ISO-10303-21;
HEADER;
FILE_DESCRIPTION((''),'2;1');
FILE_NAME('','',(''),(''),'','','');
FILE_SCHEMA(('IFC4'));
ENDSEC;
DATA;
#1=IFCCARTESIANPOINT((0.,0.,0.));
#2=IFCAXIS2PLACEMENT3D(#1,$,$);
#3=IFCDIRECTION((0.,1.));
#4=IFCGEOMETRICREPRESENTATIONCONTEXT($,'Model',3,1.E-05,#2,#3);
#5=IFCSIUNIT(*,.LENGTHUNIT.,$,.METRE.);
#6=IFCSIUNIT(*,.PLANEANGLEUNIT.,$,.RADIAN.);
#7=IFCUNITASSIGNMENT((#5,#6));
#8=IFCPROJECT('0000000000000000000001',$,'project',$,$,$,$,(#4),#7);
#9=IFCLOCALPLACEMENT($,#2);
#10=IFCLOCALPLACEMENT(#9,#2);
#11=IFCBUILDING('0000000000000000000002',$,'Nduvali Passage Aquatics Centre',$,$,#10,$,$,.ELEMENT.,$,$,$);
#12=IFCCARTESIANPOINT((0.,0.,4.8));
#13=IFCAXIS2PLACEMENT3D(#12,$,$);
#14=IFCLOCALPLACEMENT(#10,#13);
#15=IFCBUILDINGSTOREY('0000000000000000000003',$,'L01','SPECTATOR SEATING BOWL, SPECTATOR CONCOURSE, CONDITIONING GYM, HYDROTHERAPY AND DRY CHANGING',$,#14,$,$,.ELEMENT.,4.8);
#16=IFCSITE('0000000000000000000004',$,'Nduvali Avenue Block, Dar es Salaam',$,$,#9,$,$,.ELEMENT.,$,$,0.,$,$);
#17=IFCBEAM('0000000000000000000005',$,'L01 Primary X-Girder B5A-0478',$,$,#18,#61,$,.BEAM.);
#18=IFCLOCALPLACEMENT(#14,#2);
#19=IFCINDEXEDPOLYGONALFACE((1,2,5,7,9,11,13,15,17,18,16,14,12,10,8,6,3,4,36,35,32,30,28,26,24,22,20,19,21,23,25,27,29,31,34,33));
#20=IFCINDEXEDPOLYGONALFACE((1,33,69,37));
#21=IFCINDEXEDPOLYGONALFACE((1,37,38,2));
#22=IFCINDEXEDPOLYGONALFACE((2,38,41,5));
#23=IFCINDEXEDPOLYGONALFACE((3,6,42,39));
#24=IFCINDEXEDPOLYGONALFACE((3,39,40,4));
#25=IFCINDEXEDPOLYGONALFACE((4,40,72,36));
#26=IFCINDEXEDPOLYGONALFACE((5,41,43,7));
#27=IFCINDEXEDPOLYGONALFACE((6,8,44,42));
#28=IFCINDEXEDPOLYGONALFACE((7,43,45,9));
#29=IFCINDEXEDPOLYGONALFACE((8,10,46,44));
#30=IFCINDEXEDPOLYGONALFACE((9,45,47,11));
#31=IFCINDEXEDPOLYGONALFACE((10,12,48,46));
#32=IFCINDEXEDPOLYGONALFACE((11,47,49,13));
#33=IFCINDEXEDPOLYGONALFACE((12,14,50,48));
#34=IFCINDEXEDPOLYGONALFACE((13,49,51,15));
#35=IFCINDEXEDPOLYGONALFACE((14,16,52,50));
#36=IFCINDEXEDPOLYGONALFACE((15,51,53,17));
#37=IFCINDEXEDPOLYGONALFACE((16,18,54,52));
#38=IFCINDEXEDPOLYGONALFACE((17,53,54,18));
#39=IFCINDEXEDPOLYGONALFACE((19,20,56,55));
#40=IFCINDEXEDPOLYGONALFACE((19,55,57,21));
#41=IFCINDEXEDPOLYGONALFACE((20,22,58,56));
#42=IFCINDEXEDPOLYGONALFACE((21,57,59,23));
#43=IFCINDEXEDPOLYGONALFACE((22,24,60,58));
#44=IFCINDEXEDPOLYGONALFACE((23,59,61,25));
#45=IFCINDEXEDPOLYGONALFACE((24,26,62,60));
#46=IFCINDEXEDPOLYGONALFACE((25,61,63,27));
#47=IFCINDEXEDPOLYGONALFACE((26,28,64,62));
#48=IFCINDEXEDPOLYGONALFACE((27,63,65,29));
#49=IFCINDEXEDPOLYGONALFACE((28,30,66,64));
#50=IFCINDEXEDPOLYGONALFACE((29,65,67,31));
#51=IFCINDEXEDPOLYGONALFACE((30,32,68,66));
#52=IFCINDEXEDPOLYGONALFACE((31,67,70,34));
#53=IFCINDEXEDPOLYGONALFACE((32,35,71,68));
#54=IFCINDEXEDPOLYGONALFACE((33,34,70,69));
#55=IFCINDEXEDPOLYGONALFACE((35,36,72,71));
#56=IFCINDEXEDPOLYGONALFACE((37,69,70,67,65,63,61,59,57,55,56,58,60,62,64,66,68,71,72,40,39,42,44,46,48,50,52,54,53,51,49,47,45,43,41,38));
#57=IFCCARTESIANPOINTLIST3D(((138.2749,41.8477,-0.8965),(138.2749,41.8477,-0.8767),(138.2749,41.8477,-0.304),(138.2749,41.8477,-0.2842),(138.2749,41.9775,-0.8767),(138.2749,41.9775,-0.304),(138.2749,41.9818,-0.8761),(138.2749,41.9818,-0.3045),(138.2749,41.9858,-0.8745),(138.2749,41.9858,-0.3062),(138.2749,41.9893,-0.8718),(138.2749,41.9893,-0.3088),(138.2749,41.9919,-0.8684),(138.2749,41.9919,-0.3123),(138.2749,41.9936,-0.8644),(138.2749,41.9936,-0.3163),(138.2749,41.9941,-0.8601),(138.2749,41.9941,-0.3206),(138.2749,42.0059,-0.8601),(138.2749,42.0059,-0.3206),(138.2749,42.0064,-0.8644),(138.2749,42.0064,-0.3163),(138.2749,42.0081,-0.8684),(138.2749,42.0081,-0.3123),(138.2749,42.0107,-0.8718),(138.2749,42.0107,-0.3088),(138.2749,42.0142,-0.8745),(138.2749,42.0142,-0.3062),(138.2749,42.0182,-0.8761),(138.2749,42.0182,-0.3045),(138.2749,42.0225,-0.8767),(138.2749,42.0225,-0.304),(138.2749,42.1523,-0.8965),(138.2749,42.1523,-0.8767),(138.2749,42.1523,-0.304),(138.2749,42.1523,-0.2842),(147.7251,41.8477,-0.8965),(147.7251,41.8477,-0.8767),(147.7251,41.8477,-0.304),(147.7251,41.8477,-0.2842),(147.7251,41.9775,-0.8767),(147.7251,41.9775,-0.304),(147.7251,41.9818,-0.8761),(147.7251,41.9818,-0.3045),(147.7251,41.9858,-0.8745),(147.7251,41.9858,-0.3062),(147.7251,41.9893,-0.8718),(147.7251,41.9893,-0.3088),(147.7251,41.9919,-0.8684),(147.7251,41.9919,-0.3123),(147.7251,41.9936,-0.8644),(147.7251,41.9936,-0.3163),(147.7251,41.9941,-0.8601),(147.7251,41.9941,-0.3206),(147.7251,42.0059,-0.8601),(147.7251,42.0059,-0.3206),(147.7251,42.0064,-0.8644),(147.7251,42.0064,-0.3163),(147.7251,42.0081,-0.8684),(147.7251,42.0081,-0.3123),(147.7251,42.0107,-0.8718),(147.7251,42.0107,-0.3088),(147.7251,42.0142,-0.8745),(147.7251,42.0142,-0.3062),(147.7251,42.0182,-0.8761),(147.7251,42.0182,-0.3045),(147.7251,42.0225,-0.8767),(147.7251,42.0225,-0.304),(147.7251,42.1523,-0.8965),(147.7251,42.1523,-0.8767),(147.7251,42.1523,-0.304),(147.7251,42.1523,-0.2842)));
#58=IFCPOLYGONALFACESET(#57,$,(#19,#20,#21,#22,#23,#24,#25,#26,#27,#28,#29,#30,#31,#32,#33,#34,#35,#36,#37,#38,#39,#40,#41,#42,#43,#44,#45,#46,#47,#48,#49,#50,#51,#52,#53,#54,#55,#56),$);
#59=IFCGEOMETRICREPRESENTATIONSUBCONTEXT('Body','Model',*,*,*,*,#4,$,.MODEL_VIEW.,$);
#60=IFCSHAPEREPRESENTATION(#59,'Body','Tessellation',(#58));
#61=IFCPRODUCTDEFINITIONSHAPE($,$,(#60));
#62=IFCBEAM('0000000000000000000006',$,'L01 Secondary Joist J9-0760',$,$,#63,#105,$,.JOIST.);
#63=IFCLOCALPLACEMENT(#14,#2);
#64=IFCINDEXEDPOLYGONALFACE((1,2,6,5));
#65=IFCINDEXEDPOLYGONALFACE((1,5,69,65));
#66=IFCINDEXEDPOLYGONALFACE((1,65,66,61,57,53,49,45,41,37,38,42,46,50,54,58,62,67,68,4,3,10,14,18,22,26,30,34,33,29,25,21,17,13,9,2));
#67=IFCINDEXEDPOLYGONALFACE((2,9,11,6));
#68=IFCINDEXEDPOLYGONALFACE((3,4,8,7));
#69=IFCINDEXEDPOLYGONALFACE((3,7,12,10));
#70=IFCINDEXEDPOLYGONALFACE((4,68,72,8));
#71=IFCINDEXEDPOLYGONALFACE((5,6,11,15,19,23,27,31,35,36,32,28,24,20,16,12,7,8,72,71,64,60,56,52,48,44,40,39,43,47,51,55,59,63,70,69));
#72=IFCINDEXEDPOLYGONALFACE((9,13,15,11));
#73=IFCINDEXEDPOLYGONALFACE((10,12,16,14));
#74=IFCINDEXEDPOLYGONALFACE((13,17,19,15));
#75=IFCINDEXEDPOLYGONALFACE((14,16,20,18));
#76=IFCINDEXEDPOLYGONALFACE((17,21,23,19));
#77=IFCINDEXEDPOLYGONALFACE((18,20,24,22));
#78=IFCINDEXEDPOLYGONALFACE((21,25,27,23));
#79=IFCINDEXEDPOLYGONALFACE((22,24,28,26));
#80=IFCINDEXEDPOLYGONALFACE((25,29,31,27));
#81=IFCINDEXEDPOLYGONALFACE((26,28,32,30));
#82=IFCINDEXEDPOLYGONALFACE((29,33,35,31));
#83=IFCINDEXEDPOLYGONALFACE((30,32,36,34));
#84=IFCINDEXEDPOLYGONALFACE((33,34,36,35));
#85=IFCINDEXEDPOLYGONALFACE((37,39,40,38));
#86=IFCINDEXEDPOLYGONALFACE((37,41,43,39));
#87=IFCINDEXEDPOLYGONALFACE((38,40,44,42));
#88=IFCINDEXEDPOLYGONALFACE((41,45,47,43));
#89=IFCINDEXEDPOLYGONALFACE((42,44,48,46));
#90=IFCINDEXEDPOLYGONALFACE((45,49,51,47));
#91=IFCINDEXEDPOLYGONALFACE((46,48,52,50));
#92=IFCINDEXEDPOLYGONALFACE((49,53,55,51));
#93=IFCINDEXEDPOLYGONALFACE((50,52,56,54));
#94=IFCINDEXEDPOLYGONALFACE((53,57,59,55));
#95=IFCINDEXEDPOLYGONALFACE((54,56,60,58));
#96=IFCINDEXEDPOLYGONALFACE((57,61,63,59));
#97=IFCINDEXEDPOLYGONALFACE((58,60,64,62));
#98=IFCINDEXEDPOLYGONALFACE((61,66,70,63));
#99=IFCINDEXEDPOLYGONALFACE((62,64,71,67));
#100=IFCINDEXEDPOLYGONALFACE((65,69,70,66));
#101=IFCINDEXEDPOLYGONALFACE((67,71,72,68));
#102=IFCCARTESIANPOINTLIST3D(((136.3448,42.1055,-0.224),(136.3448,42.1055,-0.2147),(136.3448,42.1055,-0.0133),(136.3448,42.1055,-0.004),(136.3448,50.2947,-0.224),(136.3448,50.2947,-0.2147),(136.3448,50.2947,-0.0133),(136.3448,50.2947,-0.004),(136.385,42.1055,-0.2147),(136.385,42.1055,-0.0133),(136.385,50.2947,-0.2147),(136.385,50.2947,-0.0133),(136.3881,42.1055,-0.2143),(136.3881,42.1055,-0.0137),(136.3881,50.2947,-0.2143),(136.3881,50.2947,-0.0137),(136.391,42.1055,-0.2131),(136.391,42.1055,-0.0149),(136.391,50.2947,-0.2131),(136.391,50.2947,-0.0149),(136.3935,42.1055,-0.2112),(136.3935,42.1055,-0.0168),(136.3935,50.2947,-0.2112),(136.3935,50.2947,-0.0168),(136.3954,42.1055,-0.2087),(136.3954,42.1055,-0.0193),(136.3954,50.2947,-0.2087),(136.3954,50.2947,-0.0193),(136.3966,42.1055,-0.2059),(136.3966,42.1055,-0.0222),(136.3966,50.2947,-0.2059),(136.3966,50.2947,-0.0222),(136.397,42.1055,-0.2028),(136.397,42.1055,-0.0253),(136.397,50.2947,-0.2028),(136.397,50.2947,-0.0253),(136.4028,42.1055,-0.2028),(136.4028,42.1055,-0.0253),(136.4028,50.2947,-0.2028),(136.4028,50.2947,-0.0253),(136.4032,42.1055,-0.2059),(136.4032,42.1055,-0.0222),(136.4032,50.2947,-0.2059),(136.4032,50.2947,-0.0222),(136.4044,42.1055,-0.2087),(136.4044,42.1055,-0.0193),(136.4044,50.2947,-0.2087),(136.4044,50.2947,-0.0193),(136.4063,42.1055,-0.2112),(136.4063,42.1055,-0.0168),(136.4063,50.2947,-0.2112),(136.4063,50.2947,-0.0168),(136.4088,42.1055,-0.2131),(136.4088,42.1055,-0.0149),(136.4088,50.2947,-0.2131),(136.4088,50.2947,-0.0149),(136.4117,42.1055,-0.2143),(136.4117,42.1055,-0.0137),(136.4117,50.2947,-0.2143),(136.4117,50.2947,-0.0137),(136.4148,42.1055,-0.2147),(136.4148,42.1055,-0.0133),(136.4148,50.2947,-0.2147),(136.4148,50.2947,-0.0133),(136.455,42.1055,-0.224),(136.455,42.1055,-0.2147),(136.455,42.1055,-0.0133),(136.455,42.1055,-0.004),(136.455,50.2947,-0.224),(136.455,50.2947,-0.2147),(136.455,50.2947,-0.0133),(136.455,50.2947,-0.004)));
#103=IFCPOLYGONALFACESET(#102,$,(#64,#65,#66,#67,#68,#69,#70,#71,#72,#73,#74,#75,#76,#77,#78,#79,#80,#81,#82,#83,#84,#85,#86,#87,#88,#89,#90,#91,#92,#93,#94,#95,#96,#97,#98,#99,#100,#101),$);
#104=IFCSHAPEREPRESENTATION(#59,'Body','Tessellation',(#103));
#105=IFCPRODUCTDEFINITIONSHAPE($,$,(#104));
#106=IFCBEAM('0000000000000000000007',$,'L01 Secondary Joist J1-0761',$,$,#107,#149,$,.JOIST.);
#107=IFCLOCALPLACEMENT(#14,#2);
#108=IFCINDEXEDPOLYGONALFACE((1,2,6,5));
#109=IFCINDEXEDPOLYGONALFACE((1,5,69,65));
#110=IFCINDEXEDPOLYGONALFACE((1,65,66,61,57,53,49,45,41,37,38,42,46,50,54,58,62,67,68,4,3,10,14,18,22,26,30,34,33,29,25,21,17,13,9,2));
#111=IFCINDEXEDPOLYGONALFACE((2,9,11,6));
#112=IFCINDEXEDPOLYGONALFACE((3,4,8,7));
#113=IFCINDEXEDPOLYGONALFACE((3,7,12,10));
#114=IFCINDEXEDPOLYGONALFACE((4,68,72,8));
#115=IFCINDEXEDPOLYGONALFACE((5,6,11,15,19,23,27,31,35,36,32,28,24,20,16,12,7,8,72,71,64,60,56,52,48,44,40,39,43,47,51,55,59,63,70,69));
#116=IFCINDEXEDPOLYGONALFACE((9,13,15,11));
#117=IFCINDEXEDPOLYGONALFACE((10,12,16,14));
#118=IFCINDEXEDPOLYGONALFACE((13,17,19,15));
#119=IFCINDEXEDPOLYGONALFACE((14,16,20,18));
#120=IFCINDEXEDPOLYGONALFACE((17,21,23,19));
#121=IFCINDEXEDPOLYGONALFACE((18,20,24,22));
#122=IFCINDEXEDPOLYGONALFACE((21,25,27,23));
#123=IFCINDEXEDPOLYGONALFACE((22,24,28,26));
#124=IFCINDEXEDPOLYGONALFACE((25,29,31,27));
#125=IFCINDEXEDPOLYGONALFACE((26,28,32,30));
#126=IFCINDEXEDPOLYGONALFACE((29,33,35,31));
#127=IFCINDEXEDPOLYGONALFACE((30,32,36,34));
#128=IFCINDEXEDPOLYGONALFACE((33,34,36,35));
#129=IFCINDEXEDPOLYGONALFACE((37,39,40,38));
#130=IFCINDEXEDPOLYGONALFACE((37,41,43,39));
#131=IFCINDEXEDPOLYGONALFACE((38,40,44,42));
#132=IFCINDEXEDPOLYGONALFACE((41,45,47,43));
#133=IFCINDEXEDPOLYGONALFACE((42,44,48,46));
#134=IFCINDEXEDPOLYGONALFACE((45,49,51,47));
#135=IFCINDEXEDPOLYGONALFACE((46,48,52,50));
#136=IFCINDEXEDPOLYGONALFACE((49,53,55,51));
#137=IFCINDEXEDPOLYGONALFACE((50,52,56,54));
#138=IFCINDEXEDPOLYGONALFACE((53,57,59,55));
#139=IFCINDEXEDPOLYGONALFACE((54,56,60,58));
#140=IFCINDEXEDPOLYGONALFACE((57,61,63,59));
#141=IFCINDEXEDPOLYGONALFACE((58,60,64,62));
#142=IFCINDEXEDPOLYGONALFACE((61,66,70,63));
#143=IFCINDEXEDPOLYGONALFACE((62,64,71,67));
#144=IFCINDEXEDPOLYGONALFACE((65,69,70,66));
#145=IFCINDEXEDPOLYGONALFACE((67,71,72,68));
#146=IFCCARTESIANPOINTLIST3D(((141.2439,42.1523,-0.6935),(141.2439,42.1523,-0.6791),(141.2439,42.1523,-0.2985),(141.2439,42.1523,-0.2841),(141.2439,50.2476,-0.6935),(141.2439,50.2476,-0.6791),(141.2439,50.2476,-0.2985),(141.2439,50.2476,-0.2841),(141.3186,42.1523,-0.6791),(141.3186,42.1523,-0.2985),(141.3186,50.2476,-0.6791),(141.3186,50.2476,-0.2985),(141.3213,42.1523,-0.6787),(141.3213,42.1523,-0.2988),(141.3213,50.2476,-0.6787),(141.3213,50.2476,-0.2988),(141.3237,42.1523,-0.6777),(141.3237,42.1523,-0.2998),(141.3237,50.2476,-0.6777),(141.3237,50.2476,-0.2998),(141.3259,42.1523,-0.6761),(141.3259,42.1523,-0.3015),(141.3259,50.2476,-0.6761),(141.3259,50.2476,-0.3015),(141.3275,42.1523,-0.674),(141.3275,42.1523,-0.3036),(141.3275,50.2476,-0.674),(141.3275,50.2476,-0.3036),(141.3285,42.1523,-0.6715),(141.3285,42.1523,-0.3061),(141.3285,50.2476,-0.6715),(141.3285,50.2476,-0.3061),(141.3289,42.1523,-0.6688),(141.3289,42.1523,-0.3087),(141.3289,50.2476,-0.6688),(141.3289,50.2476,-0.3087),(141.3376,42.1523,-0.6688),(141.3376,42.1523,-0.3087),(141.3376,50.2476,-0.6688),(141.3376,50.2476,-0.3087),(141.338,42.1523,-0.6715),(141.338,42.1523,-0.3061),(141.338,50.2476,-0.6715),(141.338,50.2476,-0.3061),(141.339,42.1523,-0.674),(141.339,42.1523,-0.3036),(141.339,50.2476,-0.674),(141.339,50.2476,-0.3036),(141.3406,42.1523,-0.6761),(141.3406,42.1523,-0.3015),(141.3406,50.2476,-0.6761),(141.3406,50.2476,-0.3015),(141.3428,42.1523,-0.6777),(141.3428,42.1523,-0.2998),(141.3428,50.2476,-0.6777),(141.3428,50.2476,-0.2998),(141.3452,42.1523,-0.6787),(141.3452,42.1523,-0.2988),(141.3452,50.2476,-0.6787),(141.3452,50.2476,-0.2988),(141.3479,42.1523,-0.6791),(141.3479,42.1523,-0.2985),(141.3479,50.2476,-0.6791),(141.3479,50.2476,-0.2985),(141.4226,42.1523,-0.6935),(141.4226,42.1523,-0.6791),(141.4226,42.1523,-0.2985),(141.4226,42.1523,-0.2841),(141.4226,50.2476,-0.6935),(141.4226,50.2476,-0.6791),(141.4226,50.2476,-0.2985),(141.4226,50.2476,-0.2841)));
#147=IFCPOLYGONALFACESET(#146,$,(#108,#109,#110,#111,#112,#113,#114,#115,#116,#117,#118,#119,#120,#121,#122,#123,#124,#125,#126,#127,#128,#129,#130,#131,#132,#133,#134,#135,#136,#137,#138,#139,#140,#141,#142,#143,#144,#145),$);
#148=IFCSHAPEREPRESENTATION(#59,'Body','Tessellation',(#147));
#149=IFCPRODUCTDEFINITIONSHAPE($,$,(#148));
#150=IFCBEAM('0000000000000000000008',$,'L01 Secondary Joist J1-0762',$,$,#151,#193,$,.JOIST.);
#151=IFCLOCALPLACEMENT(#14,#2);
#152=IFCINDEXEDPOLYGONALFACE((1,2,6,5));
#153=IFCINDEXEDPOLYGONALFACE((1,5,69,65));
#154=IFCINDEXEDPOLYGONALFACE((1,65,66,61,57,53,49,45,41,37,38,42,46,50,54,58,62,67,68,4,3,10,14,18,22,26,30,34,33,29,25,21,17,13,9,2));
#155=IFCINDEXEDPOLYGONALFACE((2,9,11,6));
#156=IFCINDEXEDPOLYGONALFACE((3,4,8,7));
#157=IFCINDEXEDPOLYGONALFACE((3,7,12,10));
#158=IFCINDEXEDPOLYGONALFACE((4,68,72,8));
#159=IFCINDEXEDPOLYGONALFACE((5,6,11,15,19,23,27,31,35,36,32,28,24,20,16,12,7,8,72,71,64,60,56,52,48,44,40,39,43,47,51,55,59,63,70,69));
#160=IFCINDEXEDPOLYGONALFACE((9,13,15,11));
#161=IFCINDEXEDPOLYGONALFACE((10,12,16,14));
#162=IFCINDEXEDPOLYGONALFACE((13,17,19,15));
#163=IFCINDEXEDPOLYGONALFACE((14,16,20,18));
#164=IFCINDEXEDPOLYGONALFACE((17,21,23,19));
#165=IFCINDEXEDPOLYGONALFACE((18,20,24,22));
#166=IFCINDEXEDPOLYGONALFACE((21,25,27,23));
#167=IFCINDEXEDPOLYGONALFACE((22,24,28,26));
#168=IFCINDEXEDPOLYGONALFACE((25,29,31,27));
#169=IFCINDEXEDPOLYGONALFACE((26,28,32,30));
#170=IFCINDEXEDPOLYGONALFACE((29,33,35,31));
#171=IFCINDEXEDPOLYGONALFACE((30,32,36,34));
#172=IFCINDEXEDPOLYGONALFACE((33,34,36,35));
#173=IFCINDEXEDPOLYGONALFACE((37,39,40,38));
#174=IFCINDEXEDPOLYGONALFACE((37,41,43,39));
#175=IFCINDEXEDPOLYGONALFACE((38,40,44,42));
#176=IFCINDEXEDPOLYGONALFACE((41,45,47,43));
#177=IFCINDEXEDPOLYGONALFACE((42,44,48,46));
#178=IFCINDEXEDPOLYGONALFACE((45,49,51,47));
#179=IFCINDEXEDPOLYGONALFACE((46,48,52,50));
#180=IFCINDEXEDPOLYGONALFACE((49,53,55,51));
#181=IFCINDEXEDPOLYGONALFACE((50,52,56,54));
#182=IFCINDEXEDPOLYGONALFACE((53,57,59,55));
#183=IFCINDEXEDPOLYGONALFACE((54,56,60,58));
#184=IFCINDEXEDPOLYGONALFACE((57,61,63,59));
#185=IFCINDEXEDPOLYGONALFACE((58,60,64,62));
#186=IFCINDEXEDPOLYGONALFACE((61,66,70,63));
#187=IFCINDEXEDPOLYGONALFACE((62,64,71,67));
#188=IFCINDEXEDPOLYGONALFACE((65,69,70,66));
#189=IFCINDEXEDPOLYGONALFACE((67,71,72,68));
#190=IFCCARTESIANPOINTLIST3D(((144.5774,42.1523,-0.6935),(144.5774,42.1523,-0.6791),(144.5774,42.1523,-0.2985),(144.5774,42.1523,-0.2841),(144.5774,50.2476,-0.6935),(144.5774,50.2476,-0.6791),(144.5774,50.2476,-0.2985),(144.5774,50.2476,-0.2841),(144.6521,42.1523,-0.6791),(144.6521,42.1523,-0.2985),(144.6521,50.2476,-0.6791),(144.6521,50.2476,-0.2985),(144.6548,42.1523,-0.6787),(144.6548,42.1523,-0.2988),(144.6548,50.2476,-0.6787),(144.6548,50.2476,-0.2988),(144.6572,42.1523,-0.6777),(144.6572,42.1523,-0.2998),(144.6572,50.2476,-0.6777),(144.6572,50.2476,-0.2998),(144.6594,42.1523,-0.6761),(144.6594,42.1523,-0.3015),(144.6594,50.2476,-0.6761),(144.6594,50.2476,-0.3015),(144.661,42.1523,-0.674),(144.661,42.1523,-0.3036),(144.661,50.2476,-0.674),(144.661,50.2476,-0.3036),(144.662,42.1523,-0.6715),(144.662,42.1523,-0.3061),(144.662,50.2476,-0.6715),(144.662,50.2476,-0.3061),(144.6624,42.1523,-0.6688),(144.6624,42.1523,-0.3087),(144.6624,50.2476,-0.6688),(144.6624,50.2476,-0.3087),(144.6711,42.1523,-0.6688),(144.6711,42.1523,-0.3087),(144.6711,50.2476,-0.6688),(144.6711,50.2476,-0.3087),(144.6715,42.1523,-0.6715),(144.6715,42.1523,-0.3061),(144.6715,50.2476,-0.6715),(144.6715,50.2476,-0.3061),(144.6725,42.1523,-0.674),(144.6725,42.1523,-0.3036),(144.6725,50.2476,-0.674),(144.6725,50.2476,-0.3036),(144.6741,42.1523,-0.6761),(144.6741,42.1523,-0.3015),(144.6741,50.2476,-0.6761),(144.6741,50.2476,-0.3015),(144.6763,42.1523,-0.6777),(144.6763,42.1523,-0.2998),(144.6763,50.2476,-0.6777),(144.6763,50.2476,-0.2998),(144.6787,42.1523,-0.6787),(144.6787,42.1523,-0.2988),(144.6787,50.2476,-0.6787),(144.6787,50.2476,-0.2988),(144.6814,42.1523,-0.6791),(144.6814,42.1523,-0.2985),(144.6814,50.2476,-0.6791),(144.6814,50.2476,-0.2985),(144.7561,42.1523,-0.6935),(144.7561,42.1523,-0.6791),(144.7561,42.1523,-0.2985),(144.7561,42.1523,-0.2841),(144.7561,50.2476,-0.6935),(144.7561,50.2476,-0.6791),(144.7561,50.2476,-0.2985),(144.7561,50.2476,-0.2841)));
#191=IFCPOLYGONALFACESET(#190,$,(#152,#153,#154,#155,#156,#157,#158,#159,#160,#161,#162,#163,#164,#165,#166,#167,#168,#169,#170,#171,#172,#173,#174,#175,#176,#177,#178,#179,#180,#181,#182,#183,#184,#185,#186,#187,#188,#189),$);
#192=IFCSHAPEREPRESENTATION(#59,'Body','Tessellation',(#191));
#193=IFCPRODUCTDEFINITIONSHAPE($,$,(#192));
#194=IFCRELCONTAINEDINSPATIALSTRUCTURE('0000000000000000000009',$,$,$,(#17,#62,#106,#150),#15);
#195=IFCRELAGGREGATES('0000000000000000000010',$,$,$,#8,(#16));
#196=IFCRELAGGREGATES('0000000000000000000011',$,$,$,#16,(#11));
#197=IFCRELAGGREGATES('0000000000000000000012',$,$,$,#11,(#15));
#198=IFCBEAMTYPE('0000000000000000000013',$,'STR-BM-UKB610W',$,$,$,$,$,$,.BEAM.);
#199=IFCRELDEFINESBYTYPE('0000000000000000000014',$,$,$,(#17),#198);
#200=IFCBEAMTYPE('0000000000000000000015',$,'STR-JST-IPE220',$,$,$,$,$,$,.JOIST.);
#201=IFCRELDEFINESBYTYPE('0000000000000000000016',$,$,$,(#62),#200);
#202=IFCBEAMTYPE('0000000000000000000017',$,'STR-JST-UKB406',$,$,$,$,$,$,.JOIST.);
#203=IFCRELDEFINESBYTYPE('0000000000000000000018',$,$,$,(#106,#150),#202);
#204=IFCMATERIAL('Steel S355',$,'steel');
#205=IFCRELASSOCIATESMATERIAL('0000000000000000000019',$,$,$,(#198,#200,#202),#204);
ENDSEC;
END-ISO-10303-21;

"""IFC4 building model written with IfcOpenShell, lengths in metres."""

from ifc_helpers import new_model, si_unit, direction, frame, origin, origin_2d, place, context, subcontext, project, spatial, i_section, extrude, material, material_profile, profile_set, type_object, element, save


model = new_model("IFC4")

# Units and contexts
model_context = context("Model", 3, precision=1e-05, world=origin(), true_north=direction((0.0, 1.0)))
body_context = subcontext(model_context, "Body", "Model", "MODEL_VIEW")
ifc_project = project(units=[si_unit("LENGTHUNIT", "METRE"), si_unit("PLANEANGLEUNIT", "RADIAN")], contexts=[model_context])

# Site, building, storey
site_placement = place(None, origin())
site = spatial("IfcSite", under=ifc_project, at=site_placement, Name="Nduvali Avenue Block, Dar es Salaam", CompositionType="ELEMENT", RefElevation=0.0)
building_placement = place(site_placement, origin())
building = spatial("IfcBuilding", under=site, at=building_placement, Name="Nduvali Passage Aquatics Centre", CompositionType="ELEMENT")
storey_placement = place(building_placement, frame((0.0, 0.0, 4.8)))
storey = spatial("IfcBuildingStorey", under=building, at=storey_placement, Name="L01", Description="SPECTATOR SEATING BOWL, SPECTATOR CONCOURSE, CONDITIONING GYM, HYDROTHERAPY AND DRY CHANGING", CompositionType="ELEMENT", Elevation=4.8)

# Shared definitions
ifc_material_1 = material(Name="Steel S355", Category="steel")

# Beams
ifc_material_profile_1 = material_profile(ifc_material_1, i_section(OverallWidth=0.3047, OverallDepth=0.6123, WebThickness=0.0117, FlangeThickness=0.0198, FilletRadius=0.0166, at=origin_2d()), Name="UKB 610x305x149")
ifc_profile_set_1 = profile_set([ifc_material_profile_1], Name="Steel S355")
beam_type_1 = type_object("IfcBeamType", Name="STR-BM-UKB610W", PredefinedType="BEAM", material=ifc_profile_set_1)
beam_1_placement = place(storey_placement, frame((138.2749, 42.0, -0.5903), z_axis=(1.0, 0.0, 0.0), x_axis=(0.0, 1.0, 0.0)))
element("IfcBeam", 1, at=beam_1_placement, inside=storey, type_object=beam_type_1, Name="L01 Primary X-Girder B5A-0478", PredefinedType="BEAM", context=body_context, shape_type="SweptSolid", body=[
    extrude(i_section(OverallWidth=0.3047, OverallDepth=0.6123, WebThickness=0.0117, FlangeThickness=0.0198, FilletRadius=0.0166, at=origin_2d()), origin(), (0.0, 0.0, 1.0), 9.4502),
])
ifc_material_profile_2 = material_profile(ifc_material_1, i_section(OverallWidth=0.1101, OverallDepth=0.22, WebThickness=0.0059, FlangeThickness=0.0093, FilletRadius=0.012, at=origin_2d()), Name="IPE 220")
ifc_profile_set_2 = profile_set([ifc_material_profile_2], Name="Steel S355")
beam_type_2 = type_object("IfcBeamType", Name="STR-JST-IPE220", PredefinedType="JOIST", material=ifc_profile_set_2)
beam_2_placement = place(storey_placement, frame((136.3999, 42.1055, -0.114), z_axis=(0.0, 1.0, 0.0), x_axis=(-1.0, 0.0, 0.0)))
element("IfcBeam", 2, at=beam_2_placement, inside=storey, type_object=beam_type_2, Name="L01 Secondary Joist J9-0760", PredefinedType="JOIST", context=body_context, shape_type="SweptSolid", body=[
    extrude(i_section(OverallWidth=0.1101, OverallDepth=0.22, WebThickness=0.0059, FlangeThickness=0.0093, FilletRadius=0.012, at=origin_2d()), origin(), (0.0, 0.0, 1.0), 8.1892),
])
ifc_material_profile_3 = material_profile(ifc_material_1, i_section(OverallWidth=0.1787, OverallDepth=0.4094, WebThickness=0.0088, FlangeThickness=0.0144, FilletRadius=0.0103, at=origin_2d()), Name="UKB 406x178x67")
ifc_profile_set_3 = profile_set([ifc_material_profile_3], Name="Steel S355")
beam_type_3 = type_object("IfcBeamType", Name="STR-JST-UKB406", PredefinedType="JOIST", material=ifc_profile_set_3)
for number, where, z_axis, x_axis, name in (
    (3, (141.3333, 42.1523, -0.4888), (0.0, 1.0, 0.0), (-1.0, 0.0, 0.0), "L01 Secondary Joist J1-0761"),
    (4, (144.6667, 42.1523, -0.4888), (0.0, 1.0, 0.0), (-1.0, 0.0, 0.0), "L01 Secondary Joist J1-0762"),
):
    element("IfcBeam", number, at=place(storey_placement, frame(where, z_axis=z_axis, x_axis=x_axis)), inside=storey, type_object=beam_type_3, Name=name, PredefinedType="JOIST", context=body_context, shape_type="SweptSolid", body=[
        extrude(i_section(OverallWidth=0.1787, OverallDepth=0.4094, WebThickness=0.0088, FlangeThickness=0.0144, FilletRadius=0.0103, at=origin_2d()), origin(), (0.0, 0.0, 1.0), 8.0952),
    ])

save(model, "model.ifc")
